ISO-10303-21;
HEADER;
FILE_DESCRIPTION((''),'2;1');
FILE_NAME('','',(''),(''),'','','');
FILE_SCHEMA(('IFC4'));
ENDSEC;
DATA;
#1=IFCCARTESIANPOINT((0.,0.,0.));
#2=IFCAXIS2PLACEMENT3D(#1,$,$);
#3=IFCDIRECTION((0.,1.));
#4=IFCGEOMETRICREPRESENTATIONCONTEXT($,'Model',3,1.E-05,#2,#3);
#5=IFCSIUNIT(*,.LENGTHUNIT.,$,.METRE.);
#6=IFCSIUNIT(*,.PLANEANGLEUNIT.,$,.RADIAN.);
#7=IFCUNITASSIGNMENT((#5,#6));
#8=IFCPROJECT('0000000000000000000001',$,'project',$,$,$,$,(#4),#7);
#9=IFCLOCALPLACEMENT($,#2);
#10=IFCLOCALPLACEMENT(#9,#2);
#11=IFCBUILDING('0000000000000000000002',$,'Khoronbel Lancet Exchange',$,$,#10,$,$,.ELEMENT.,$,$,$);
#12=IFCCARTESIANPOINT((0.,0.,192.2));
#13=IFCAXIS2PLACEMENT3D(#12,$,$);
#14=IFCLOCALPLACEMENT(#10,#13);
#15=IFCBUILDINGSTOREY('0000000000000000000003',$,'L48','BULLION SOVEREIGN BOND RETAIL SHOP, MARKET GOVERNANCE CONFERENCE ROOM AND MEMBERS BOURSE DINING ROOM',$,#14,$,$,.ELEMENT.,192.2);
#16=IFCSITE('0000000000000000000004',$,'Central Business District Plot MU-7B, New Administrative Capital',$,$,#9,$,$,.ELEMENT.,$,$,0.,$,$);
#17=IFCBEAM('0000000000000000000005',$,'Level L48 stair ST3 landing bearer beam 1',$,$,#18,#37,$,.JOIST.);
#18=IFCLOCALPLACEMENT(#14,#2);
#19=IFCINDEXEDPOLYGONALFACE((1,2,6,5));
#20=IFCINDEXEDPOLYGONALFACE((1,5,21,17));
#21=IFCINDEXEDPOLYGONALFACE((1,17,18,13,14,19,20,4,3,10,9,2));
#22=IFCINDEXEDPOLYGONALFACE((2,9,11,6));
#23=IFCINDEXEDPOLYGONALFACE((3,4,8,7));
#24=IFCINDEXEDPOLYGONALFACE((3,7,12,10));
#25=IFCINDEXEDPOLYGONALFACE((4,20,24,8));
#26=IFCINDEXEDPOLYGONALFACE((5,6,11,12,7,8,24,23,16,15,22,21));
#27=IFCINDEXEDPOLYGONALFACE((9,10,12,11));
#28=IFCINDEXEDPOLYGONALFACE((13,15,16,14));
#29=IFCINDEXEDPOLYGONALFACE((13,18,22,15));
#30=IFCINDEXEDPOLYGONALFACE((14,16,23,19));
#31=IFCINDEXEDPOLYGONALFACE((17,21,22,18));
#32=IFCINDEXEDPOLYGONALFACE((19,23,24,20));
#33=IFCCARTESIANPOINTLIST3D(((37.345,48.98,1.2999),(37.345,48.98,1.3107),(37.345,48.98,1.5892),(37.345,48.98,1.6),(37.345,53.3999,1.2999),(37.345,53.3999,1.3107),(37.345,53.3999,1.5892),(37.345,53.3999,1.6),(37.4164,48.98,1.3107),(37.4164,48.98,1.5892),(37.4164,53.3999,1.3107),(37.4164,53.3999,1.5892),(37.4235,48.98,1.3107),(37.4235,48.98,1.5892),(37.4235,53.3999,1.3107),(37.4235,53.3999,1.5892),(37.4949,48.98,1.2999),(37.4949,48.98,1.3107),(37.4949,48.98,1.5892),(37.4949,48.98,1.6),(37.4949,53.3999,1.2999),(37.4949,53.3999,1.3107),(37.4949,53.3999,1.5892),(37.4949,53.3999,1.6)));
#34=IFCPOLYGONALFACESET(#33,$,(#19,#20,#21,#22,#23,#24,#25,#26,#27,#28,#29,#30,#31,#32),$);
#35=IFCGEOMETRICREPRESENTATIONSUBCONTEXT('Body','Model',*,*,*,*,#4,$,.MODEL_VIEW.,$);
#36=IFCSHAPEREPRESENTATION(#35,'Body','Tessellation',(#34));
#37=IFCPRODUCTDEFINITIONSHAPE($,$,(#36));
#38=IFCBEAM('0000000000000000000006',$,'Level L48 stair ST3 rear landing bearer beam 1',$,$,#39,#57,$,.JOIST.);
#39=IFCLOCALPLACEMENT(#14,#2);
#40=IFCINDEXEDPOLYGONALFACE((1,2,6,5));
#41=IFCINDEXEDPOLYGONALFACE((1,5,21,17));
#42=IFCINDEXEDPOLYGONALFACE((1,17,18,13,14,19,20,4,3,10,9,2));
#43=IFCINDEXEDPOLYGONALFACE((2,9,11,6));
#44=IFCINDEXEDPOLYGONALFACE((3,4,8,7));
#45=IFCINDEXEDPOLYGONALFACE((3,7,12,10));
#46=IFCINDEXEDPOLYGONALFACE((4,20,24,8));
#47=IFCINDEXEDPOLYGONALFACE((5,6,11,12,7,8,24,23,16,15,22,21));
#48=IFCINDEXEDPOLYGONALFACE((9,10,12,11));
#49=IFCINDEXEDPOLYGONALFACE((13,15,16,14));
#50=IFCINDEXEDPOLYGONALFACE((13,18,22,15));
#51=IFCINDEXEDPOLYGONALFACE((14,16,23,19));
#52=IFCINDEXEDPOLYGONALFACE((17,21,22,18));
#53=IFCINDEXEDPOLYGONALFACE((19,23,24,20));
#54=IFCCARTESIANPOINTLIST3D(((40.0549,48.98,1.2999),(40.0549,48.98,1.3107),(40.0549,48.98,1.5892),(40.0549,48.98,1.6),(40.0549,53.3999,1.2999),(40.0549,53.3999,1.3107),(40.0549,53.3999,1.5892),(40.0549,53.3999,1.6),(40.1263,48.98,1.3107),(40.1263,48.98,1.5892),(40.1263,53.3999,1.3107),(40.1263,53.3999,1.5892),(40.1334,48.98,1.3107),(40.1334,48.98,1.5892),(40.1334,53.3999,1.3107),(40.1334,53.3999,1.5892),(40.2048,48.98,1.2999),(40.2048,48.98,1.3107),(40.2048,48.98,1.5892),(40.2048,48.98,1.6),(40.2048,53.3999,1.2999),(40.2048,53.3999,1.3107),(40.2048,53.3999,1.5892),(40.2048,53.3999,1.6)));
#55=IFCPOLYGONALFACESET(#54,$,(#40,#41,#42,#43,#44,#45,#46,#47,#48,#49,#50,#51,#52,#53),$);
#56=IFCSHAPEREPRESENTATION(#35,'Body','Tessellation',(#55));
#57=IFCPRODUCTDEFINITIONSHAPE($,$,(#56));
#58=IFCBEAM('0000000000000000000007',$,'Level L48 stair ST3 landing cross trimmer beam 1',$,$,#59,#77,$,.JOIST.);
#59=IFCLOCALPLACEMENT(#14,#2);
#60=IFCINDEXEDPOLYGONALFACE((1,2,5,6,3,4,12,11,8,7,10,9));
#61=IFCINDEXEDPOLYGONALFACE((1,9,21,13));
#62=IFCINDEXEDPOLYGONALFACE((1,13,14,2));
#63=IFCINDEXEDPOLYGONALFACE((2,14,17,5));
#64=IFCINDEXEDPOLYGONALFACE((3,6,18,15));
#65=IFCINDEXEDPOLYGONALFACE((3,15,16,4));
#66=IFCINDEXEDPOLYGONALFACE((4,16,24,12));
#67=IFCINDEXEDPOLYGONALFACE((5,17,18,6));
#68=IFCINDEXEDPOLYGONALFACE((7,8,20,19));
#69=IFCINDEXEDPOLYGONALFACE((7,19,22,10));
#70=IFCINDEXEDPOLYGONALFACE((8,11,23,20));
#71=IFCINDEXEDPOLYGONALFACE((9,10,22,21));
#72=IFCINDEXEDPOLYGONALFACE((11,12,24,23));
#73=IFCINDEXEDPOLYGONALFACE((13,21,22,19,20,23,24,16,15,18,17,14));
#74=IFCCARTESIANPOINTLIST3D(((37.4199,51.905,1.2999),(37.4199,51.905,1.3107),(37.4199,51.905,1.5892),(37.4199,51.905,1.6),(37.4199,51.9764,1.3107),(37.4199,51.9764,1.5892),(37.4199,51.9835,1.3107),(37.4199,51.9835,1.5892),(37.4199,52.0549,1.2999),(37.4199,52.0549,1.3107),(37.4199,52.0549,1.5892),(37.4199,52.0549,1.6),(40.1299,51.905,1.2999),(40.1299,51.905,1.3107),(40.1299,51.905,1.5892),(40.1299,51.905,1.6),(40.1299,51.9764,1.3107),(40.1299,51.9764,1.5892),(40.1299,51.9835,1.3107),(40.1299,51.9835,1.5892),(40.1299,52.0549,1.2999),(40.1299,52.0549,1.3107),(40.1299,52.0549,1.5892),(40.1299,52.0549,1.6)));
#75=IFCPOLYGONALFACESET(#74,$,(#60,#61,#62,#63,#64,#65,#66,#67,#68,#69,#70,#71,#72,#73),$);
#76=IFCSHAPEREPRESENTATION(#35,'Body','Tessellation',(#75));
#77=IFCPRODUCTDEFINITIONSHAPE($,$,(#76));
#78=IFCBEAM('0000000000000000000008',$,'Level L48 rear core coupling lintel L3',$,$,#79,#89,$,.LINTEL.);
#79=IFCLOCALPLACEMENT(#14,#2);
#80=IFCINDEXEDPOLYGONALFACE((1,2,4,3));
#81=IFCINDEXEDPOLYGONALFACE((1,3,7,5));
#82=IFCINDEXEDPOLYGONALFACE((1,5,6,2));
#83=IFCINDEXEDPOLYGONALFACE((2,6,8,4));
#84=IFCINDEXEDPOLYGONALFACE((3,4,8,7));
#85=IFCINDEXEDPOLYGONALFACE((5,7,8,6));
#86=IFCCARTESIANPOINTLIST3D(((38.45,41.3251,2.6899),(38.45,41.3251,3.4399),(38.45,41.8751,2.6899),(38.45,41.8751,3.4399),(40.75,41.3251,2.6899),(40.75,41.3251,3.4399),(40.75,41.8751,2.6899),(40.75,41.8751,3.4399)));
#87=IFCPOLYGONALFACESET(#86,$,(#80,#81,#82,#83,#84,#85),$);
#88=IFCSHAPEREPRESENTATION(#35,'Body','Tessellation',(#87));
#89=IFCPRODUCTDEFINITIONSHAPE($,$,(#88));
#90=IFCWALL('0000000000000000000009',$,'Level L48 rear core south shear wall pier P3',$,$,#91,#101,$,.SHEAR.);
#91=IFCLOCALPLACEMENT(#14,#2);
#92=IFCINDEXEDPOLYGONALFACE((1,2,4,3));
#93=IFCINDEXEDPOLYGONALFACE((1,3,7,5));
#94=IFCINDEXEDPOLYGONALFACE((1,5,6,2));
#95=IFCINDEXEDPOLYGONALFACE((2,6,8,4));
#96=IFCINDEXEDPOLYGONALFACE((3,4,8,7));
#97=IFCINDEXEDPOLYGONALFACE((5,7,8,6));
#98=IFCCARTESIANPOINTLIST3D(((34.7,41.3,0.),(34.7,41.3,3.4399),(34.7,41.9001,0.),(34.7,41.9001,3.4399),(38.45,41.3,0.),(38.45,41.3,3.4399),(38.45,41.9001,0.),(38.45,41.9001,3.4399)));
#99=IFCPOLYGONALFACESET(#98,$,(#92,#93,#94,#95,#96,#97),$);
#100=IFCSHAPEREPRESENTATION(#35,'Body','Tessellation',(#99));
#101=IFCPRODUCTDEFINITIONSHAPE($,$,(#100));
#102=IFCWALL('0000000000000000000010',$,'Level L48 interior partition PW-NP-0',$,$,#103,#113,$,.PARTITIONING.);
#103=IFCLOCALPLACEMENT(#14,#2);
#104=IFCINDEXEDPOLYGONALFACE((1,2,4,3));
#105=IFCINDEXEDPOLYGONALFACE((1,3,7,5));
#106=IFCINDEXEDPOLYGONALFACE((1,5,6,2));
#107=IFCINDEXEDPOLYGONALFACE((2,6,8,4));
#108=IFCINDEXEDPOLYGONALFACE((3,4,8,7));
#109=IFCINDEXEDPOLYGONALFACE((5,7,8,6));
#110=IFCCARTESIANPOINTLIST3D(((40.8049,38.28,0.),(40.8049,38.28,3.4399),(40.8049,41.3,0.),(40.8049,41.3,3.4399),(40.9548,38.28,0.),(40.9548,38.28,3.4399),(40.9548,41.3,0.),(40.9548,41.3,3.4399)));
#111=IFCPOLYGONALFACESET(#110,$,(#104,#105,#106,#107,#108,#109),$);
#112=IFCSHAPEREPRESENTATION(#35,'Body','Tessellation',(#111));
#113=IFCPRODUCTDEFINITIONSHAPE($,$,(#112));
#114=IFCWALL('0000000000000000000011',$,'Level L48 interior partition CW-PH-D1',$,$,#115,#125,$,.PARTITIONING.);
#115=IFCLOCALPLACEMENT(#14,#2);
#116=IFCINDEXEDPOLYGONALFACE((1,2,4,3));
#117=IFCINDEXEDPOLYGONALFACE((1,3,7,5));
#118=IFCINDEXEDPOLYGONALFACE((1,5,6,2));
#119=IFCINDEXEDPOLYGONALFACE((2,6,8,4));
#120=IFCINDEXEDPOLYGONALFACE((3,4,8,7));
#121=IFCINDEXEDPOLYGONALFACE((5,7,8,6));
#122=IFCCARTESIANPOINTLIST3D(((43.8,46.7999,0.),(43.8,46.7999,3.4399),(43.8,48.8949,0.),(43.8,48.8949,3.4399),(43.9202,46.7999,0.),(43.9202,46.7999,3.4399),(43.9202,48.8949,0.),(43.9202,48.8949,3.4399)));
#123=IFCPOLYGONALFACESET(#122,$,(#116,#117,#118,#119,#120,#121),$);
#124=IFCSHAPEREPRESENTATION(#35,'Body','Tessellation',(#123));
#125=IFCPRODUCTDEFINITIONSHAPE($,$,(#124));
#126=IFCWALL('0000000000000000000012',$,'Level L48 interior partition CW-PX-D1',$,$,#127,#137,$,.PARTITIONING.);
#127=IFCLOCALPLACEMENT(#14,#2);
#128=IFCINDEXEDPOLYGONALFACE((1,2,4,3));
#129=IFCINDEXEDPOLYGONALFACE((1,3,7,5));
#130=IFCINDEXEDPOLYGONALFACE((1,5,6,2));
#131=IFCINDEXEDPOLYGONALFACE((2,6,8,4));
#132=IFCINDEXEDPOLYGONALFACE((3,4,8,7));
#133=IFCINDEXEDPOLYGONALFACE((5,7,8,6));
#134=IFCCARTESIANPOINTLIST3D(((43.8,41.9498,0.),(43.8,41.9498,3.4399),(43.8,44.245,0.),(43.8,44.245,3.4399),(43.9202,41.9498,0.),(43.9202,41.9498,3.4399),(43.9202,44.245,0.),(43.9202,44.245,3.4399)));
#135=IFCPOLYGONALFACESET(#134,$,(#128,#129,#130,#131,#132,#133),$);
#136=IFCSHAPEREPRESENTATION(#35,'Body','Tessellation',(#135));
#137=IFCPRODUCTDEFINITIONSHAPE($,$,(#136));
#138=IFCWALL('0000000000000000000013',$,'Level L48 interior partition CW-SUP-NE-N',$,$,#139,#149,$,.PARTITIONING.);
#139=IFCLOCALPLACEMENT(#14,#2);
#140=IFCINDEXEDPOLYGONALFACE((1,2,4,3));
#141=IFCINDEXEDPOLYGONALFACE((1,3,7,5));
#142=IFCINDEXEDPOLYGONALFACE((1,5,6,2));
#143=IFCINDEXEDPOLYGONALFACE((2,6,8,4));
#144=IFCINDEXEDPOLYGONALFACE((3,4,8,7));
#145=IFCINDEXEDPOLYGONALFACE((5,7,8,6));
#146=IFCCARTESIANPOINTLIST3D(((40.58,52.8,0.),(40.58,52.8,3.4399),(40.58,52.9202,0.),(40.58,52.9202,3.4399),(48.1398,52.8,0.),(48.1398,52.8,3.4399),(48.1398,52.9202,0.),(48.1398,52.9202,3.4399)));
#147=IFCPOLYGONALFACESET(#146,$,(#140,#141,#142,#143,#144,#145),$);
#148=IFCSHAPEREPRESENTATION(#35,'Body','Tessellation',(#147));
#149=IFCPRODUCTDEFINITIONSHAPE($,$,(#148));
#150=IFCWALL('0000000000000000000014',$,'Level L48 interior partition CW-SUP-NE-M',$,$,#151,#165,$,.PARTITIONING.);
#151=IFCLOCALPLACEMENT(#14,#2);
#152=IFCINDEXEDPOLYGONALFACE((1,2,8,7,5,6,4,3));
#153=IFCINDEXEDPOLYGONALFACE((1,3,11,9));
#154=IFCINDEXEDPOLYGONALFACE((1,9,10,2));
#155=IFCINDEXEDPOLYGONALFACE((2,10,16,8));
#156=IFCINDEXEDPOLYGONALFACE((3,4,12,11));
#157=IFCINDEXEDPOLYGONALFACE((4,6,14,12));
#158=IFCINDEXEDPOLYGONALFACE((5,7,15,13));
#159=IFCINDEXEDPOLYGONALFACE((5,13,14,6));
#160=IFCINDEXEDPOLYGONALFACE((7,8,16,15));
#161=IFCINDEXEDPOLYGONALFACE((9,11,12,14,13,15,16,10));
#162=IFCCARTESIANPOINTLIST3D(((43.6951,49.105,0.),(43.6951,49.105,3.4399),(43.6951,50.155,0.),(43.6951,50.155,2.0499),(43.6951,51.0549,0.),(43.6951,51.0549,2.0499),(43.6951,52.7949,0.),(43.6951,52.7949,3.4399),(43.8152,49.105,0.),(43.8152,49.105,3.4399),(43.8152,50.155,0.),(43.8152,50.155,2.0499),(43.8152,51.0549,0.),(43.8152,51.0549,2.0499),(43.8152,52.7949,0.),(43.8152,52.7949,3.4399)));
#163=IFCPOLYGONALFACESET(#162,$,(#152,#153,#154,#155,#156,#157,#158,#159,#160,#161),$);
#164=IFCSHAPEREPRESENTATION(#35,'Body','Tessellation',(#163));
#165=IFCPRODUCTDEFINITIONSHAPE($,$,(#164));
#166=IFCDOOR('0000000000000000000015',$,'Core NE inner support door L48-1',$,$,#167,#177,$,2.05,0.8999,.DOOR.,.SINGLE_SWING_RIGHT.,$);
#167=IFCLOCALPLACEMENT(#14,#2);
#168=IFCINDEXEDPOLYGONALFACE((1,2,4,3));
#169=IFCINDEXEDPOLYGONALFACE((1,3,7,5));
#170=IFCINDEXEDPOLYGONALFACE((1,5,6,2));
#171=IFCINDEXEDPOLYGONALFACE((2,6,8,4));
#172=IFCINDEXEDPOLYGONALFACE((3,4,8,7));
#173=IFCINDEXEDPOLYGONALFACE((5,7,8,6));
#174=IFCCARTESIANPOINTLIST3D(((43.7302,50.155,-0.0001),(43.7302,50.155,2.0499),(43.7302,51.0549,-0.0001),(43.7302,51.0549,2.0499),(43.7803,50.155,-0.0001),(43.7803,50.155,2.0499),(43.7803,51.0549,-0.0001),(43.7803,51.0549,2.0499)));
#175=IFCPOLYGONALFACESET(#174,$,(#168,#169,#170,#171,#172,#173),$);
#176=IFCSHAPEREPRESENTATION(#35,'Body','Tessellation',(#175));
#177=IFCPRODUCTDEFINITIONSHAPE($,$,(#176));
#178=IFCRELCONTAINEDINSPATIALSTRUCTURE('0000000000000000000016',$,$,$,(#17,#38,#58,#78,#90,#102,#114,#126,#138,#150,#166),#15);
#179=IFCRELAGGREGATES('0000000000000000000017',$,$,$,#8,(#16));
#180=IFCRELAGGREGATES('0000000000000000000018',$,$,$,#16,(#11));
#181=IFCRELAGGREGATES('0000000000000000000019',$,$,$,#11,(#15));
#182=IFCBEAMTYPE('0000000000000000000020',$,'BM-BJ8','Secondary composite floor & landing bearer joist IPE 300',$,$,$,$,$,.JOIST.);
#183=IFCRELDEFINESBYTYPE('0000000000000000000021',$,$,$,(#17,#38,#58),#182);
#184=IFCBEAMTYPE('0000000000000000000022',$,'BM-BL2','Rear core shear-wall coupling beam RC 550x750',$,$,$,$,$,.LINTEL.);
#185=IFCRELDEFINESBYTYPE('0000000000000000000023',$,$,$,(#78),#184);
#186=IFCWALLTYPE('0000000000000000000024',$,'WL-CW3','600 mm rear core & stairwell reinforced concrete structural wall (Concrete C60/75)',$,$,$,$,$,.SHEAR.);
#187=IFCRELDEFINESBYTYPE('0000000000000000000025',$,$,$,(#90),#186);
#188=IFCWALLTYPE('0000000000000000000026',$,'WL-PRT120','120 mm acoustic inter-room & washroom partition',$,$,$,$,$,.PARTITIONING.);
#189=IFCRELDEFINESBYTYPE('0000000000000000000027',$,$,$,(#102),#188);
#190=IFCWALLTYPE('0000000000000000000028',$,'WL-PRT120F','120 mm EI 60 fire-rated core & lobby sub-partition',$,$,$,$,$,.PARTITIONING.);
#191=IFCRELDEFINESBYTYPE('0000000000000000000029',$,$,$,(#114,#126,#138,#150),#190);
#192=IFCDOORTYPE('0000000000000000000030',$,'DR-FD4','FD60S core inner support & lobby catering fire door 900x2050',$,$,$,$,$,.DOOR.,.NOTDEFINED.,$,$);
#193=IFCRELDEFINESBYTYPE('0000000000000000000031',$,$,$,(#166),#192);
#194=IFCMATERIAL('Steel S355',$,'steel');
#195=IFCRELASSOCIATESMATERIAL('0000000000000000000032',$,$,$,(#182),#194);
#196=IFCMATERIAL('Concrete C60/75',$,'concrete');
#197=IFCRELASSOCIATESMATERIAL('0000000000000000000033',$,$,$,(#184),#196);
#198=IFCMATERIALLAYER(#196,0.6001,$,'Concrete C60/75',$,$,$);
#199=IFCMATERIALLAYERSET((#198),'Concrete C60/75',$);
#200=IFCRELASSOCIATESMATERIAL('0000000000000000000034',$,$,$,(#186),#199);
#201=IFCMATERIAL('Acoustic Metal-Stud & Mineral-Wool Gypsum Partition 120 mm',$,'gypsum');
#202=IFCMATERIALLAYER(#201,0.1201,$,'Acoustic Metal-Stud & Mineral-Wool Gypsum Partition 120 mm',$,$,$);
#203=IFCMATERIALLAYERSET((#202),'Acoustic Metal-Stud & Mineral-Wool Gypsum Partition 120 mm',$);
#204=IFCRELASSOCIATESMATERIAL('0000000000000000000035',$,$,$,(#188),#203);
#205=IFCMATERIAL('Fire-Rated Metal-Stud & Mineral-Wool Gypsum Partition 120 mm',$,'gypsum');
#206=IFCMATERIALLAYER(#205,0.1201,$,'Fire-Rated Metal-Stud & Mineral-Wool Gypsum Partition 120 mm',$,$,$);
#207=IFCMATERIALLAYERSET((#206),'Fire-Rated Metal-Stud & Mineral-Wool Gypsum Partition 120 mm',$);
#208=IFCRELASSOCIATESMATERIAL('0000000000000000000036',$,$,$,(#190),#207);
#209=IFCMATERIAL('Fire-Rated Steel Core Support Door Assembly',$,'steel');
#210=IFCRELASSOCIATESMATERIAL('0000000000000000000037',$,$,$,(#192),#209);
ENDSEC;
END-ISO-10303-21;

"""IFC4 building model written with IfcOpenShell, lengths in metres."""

from ifc_helpers import new_model, si_unit, direction, frame, frame_2d, origin, origin_2d, place, context, subcontext, project, spatial, rectangle, i_section, extrude, material, layer, layer_set, material_profile, profile_set, type_object, element, fill, save


model = new_model("IFC4")

# Units and contexts
model_context = context("Model", 3, precision=1e-05, world=origin(), true_north=direction((0.0, 1.0)))
body_context = subcontext(model_context, "Body", "Model", "MODEL_VIEW")
ifc_project = project(units=[si_unit("LENGTHUNIT", "METRE"), si_unit("PLANEANGLEUNIT", "RADIAN")], contexts=[model_context])

# Site, building, storey
site_placement = place(None, origin())
site = spatial("IfcSite", under=ifc_project, at=site_placement, Name="Central Business District Plot MU-7B, New Administrative Capital", CompositionType="ELEMENT", RefElevation=0.0)
building_placement = place(site_placement, origin())
building = spatial("IfcBuilding", under=site, at=building_placement, Name="Khoronbel Lancet Exchange", CompositionType="ELEMENT")
storey_placement = place(building_placement, frame((0.0, 0.0, 192.2)))
storey = spatial("IfcBuildingStorey", under=building, at=storey_placement, Name="L48", Description="BULLION SOVEREIGN BOND RETAIL SHOP, MARKET GOVERNANCE CONFERENCE ROOM AND MEMBERS BOURSE DINING ROOM", CompositionType="ELEMENT", Elevation=192.2)

# Beams
ifc_material_1 = material(Name="Steel S355", Category="steel")
ifc_material_profile_1 = material_profile(ifc_material_1, i_section(OverallWidth=0.1499, OverallDepth=0.3, WebThickness=0.0071, FlangeThickness=0.0107, at=origin_2d()), Name="IPE 300")
ifc_profile_set_1 = profile_set([ifc_material_profile_1], Name="Steel S355")
beam_type_1 = type_object("IfcBeamType", Name="BM-BJ8", Description="Secondary composite floor & landing bearer joist IPE 300", PredefinedType="JOIST", material=ifc_profile_set_1)
for number, where, z_axis, x_axis, name in (
    (1, (37.4199, 48.98, 1.45), (0.0, 1.0, 0.0), (-1.0, 0.0, 0.0), "Level L48 stair ST3 landing bearer beam 1"),
    (2, (40.1299, 48.98, 1.45), (0.0, 1.0, 0.0), (-1.0, 0.0, 0.0), "Level L48 stair ST3 rear landing bearer beam 1"),
):
    element("IfcBeam", number, at=place(storey_placement, frame(where, z_axis=z_axis, x_axis=x_axis)), inside=storey, type_object=beam_type_1, Name=name, PredefinedType="JOIST", context=body_context, shape_type="SweptSolid", body=[
        extrude(i_section(OverallWidth=0.1499, OverallDepth=0.3, WebThickness=0.0071, FlangeThickness=0.0107, at=origin_2d()), origin(), (0.0, 0.0, 1.0), 4.4199),
    ])
beam_1_placement = place(storey_placement, frame((37.4199, 51.98, 1.45), z_axis=(1.0, 0.0, 0.0), x_axis=(0.0, 1.0, 0.0)))
element("IfcBeam", 3, at=beam_1_placement, inside=storey, type_object=beam_type_1, Name="Level L48 stair ST3 landing cross trimmer beam 1", PredefinedType="JOIST", context=body_context, shape_type="SweptSolid", body=[
    extrude(i_section(OverallWidth=0.1499, OverallDepth=0.3, WebThickness=0.0071, FlangeThickness=0.0107, at=origin_2d()), origin(), (0.0, 0.0, 1.0), 2.71),
])
ifc_material_2 = material(Name="Concrete C60/75", Category="concrete")
ifc_material_profile_2 = material_profile(ifc_material_2, rectangle(XDim=0.55, YDim=0.75, at=origin_2d()), Name="RC 550x750")
ifc_profile_set_2 = profile_set([ifc_material_profile_2], Name="Concrete C60/75")
beam_type_2 = type_object("IfcBeamType", Name="BM-BL2", Description="Rear core shear-wall coupling beam RC 550x750", PredefinedType="LINTEL", material=ifc_profile_set_2)
beam_2_placement = place(storey_placement, frame((38.45, 41.6001, 3.0649), z_axis=(1.0, 0.0, 0.0), x_axis=(0.0, 1.0, 0.0)))
element("IfcBeam", 4, at=beam_2_placement, inside=storey, type_object=beam_type_2, Name="Level L48 rear core coupling lintel L3", PredefinedType="LINTEL", context=body_context, shape_type="SweptSolid", body=[
    extrude(rectangle(XDim=0.55, YDim=0.75, at=origin_2d()), origin(), (0.0, 0.0, 1.0), 2.3),
])

# Walls
ifc_layer_1 = layer(ifc_material_2, 0.6001, Name="Concrete C60/75")
ifc_layer_set_1 = layer_set([ifc_layer_1], Name="Concrete C60/75")
wall_type_1 = type_object("IfcWallType", Name="WL-CW3", Description="600 mm rear core & stairwell reinforced concrete structural wall (Concrete C60/75)", PredefinedType="SHEAR", material=ifc_layer_set_1)
wall_1_placement = place(storey_placement, frame((38.45, 41.6001, 0.0), z_axis=(0.0, 0.0, 1.0), x_axis=(-1.0, 0.0, 0.0)))
element("IfcWall", 5, at=wall_1_placement, inside=storey, type_object=wall_type_1, Name="Level L48 rear core south shear wall pier P3", PredefinedType="SHEAR", context=body_context, shape_type="SweptSolid", body=[
    extrude(rectangle(XDim=3.75, YDim=0.6001, at=frame_2d((1.875, 0.0))), origin(), (0.0, 0.0, 1.0), 3.4399),
])
ifc_material_3 = material(Name="Acoustic Metal-Stud & Mineral-Wool Gypsum Partition 120 mm", Category="gypsum")
ifc_layer_2 = layer(ifc_material_3, 0.1201, Name="Acoustic Metal-Stud & Mineral-Wool Gypsum Partition 120 mm")
ifc_layer_set_2 = layer_set([ifc_layer_2], Name="Acoustic Metal-Stud & Mineral-Wool Gypsum Partition 120 mm")
wall_type_2 = type_object("IfcWallType", Name="WL-PRT120", Description="120 mm acoustic inter-room & washroom partition", PredefinedType="PARTITIONING", material=ifc_layer_set_2)
wall_2_placement = place(storey_placement, frame((40.8799, 38.28, 0.0), z_axis=(0.0, 0.0, 1.0), x_axis=(0.0, 1.0, 0.0)))
element("IfcWall", 6, at=wall_2_placement, inside=storey, type_object=wall_type_2, Name="Level L48 interior partition PW-NP-0", PredefinedType="PARTITIONING", context=body_context, shape_type="SweptSolid", body=[
    extrude(rectangle(XDim=3.02, YDim=0.1499, at=frame_2d((1.51, 0.0))), origin(), (0.0, 0.0, 1.0), 3.4399),
])
ifc_material_4 = material(Name="Fire-Rated Metal-Stud & Mineral-Wool Gypsum Partition 120 mm", Category="gypsum")
ifc_layer_3 = layer(ifc_material_4, 0.1201, Name="Fire-Rated Metal-Stud & Mineral-Wool Gypsum Partition 120 mm")
ifc_layer_set_3 = layer_set([ifc_layer_3], Name="Fire-Rated Metal-Stud & Mineral-Wool Gypsum Partition 120 mm")
wall_type_3 = type_object("IfcWallType", Name="WL-PRT120F", Description="120 mm EI 60 fire-rated core & lobby sub-partition", PredefinedType="PARTITIONING", material=ifc_layer_set_3)
wall_3_placement = place(storey_placement, frame((43.8601, 46.8, 0.0), z_axis=(0.0, 0.0, 1.0), x_axis=(0.0, 1.0, 0.0)))
element("IfcWall", 7, at=wall_3_placement, inside=storey, type_object=wall_type_3, Name="Level L48 interior partition CW-PH-D1", PredefinedType="PARTITIONING", context=body_context, shape_type="SweptSolid", body=[
    extrude(rectangle(XDim=2.095, YDim=0.1201, at=frame_2d((1.0474, 0.0))), origin(), (0.0, 0.0, 1.0), 3.4399),
])
wall_4_placement = place(storey_placement, frame((43.8601, 41.95, 0.0), z_axis=(0.0, 0.0, 1.0), x_axis=(0.0, 1.0, 0.0)))
element("IfcWall", 8, at=wall_4_placement, inside=storey, type_object=wall_type_3, Name="Level L48 interior partition CW-PX-D1", PredefinedType="PARTITIONING", context=body_context, shape_type="SweptSolid", body=[
    extrude(rectangle(XDim=2.2952, YDim=0.1201, at=frame_2d((1.1475, 0.0))), origin(), (0.0, 0.0, 1.0), 3.4399),
])
wall_5_placement = place(storey_placement, frame((40.5801, 52.8601, 0.0), z_axis=(0.0, 0.0, 1.0), x_axis=(1.0, 0.0, 0.0)))
element("IfcWall", 9, at=wall_5_placement, inside=storey, type_object=wall_type_3, Name="Level L48 interior partition CW-SUP-NE-N", PredefinedType="PARTITIONING", context=body_context, shape_type="SweptSolid", body=[
    extrude(rectangle(XDim=7.5598, YDim=0.1201, at=frame_2d((3.7798, 0.0))), origin(), (0.0, 0.0, 1.0), 3.4399),
])

# Wall, opening, door
wall_6_placement = place(storey_placement, frame((43.7551, 49.105, 0.0), z_axis=(0.0, 0.0, 1.0), x_axis=(0.0, 1.0, 0.0)))
wall_6 = element("IfcWall", 10, at=wall_6_placement, inside=storey, type_object=wall_type_3, Name="Level L48 interior partition CW-SUP-NE-M", PredefinedType="PARTITIONING", context=body_context, shape_type="SweptSolid", body=[
    extrude(rectangle(XDim=3.6899, YDim=0.1201, at=frame_2d((1.845, 0.0))), origin(), (0.0, 0.0, 1.0), 3.4399),
])
opening_1_placement = place(wall_6_placement, frame((1.05, 0.0, 0.0)))
opening_1 = element("IfcOpeningElement", 11, at=opening_1_placement, cuts=wall_6, PredefinedType="OPENING", context=body_context, shape_type="SweptSolid", body=[
    extrude(rectangle(XDim=0.8999, YDim=2.05, at=frame_2d((0.45, 1.0249))), frame((0.0, 0.0701, 0.0), z_axis=(0.0, -1.0, 0.0), x_axis=(1.0, 0.0, 0.0)), (0.0, 0.0, 1.0), 0.1401),
])
ifc_material_5 = material(Name="Fire-Rated Steel Core Support Door Assembly", Category="steel")
door_type_1 = type_object("IfcDoorType", Name="DR-FD4", Description="FD60S core inner support & lobby catering fire door 900x2050", OperationType="NOTDEFINED", PredefinedType="DOOR", material=ifc_material_5)
door_1_placement = place(opening_1_placement, origin())
door_1 = element("IfcDoor", 12, at=door_1_placement, inside=storey, type_object=door_type_1, Name="Core NE inner support door L48-1", OperationType="SINGLE_SWING_RIGHT", OverallHeight=2.05, OverallWidth=0.8999, PredefinedType="DOOR", context=body_context, shape_type="SweptSolid", body=[
    extrude(rectangle(XDim=0.8999, YDim=2.05, at=frame_2d((0.45, 1.0249))), frame((0.0, 0.0249, 0.0), z_axis=(0.0, -1.0, 0.0), x_axis=(1.0, 0.0, 0.0)), (0.0, 0.0, 1.0), 0.05),
])
fill(opening_1, door_1)

save(model, "model.ifc")
